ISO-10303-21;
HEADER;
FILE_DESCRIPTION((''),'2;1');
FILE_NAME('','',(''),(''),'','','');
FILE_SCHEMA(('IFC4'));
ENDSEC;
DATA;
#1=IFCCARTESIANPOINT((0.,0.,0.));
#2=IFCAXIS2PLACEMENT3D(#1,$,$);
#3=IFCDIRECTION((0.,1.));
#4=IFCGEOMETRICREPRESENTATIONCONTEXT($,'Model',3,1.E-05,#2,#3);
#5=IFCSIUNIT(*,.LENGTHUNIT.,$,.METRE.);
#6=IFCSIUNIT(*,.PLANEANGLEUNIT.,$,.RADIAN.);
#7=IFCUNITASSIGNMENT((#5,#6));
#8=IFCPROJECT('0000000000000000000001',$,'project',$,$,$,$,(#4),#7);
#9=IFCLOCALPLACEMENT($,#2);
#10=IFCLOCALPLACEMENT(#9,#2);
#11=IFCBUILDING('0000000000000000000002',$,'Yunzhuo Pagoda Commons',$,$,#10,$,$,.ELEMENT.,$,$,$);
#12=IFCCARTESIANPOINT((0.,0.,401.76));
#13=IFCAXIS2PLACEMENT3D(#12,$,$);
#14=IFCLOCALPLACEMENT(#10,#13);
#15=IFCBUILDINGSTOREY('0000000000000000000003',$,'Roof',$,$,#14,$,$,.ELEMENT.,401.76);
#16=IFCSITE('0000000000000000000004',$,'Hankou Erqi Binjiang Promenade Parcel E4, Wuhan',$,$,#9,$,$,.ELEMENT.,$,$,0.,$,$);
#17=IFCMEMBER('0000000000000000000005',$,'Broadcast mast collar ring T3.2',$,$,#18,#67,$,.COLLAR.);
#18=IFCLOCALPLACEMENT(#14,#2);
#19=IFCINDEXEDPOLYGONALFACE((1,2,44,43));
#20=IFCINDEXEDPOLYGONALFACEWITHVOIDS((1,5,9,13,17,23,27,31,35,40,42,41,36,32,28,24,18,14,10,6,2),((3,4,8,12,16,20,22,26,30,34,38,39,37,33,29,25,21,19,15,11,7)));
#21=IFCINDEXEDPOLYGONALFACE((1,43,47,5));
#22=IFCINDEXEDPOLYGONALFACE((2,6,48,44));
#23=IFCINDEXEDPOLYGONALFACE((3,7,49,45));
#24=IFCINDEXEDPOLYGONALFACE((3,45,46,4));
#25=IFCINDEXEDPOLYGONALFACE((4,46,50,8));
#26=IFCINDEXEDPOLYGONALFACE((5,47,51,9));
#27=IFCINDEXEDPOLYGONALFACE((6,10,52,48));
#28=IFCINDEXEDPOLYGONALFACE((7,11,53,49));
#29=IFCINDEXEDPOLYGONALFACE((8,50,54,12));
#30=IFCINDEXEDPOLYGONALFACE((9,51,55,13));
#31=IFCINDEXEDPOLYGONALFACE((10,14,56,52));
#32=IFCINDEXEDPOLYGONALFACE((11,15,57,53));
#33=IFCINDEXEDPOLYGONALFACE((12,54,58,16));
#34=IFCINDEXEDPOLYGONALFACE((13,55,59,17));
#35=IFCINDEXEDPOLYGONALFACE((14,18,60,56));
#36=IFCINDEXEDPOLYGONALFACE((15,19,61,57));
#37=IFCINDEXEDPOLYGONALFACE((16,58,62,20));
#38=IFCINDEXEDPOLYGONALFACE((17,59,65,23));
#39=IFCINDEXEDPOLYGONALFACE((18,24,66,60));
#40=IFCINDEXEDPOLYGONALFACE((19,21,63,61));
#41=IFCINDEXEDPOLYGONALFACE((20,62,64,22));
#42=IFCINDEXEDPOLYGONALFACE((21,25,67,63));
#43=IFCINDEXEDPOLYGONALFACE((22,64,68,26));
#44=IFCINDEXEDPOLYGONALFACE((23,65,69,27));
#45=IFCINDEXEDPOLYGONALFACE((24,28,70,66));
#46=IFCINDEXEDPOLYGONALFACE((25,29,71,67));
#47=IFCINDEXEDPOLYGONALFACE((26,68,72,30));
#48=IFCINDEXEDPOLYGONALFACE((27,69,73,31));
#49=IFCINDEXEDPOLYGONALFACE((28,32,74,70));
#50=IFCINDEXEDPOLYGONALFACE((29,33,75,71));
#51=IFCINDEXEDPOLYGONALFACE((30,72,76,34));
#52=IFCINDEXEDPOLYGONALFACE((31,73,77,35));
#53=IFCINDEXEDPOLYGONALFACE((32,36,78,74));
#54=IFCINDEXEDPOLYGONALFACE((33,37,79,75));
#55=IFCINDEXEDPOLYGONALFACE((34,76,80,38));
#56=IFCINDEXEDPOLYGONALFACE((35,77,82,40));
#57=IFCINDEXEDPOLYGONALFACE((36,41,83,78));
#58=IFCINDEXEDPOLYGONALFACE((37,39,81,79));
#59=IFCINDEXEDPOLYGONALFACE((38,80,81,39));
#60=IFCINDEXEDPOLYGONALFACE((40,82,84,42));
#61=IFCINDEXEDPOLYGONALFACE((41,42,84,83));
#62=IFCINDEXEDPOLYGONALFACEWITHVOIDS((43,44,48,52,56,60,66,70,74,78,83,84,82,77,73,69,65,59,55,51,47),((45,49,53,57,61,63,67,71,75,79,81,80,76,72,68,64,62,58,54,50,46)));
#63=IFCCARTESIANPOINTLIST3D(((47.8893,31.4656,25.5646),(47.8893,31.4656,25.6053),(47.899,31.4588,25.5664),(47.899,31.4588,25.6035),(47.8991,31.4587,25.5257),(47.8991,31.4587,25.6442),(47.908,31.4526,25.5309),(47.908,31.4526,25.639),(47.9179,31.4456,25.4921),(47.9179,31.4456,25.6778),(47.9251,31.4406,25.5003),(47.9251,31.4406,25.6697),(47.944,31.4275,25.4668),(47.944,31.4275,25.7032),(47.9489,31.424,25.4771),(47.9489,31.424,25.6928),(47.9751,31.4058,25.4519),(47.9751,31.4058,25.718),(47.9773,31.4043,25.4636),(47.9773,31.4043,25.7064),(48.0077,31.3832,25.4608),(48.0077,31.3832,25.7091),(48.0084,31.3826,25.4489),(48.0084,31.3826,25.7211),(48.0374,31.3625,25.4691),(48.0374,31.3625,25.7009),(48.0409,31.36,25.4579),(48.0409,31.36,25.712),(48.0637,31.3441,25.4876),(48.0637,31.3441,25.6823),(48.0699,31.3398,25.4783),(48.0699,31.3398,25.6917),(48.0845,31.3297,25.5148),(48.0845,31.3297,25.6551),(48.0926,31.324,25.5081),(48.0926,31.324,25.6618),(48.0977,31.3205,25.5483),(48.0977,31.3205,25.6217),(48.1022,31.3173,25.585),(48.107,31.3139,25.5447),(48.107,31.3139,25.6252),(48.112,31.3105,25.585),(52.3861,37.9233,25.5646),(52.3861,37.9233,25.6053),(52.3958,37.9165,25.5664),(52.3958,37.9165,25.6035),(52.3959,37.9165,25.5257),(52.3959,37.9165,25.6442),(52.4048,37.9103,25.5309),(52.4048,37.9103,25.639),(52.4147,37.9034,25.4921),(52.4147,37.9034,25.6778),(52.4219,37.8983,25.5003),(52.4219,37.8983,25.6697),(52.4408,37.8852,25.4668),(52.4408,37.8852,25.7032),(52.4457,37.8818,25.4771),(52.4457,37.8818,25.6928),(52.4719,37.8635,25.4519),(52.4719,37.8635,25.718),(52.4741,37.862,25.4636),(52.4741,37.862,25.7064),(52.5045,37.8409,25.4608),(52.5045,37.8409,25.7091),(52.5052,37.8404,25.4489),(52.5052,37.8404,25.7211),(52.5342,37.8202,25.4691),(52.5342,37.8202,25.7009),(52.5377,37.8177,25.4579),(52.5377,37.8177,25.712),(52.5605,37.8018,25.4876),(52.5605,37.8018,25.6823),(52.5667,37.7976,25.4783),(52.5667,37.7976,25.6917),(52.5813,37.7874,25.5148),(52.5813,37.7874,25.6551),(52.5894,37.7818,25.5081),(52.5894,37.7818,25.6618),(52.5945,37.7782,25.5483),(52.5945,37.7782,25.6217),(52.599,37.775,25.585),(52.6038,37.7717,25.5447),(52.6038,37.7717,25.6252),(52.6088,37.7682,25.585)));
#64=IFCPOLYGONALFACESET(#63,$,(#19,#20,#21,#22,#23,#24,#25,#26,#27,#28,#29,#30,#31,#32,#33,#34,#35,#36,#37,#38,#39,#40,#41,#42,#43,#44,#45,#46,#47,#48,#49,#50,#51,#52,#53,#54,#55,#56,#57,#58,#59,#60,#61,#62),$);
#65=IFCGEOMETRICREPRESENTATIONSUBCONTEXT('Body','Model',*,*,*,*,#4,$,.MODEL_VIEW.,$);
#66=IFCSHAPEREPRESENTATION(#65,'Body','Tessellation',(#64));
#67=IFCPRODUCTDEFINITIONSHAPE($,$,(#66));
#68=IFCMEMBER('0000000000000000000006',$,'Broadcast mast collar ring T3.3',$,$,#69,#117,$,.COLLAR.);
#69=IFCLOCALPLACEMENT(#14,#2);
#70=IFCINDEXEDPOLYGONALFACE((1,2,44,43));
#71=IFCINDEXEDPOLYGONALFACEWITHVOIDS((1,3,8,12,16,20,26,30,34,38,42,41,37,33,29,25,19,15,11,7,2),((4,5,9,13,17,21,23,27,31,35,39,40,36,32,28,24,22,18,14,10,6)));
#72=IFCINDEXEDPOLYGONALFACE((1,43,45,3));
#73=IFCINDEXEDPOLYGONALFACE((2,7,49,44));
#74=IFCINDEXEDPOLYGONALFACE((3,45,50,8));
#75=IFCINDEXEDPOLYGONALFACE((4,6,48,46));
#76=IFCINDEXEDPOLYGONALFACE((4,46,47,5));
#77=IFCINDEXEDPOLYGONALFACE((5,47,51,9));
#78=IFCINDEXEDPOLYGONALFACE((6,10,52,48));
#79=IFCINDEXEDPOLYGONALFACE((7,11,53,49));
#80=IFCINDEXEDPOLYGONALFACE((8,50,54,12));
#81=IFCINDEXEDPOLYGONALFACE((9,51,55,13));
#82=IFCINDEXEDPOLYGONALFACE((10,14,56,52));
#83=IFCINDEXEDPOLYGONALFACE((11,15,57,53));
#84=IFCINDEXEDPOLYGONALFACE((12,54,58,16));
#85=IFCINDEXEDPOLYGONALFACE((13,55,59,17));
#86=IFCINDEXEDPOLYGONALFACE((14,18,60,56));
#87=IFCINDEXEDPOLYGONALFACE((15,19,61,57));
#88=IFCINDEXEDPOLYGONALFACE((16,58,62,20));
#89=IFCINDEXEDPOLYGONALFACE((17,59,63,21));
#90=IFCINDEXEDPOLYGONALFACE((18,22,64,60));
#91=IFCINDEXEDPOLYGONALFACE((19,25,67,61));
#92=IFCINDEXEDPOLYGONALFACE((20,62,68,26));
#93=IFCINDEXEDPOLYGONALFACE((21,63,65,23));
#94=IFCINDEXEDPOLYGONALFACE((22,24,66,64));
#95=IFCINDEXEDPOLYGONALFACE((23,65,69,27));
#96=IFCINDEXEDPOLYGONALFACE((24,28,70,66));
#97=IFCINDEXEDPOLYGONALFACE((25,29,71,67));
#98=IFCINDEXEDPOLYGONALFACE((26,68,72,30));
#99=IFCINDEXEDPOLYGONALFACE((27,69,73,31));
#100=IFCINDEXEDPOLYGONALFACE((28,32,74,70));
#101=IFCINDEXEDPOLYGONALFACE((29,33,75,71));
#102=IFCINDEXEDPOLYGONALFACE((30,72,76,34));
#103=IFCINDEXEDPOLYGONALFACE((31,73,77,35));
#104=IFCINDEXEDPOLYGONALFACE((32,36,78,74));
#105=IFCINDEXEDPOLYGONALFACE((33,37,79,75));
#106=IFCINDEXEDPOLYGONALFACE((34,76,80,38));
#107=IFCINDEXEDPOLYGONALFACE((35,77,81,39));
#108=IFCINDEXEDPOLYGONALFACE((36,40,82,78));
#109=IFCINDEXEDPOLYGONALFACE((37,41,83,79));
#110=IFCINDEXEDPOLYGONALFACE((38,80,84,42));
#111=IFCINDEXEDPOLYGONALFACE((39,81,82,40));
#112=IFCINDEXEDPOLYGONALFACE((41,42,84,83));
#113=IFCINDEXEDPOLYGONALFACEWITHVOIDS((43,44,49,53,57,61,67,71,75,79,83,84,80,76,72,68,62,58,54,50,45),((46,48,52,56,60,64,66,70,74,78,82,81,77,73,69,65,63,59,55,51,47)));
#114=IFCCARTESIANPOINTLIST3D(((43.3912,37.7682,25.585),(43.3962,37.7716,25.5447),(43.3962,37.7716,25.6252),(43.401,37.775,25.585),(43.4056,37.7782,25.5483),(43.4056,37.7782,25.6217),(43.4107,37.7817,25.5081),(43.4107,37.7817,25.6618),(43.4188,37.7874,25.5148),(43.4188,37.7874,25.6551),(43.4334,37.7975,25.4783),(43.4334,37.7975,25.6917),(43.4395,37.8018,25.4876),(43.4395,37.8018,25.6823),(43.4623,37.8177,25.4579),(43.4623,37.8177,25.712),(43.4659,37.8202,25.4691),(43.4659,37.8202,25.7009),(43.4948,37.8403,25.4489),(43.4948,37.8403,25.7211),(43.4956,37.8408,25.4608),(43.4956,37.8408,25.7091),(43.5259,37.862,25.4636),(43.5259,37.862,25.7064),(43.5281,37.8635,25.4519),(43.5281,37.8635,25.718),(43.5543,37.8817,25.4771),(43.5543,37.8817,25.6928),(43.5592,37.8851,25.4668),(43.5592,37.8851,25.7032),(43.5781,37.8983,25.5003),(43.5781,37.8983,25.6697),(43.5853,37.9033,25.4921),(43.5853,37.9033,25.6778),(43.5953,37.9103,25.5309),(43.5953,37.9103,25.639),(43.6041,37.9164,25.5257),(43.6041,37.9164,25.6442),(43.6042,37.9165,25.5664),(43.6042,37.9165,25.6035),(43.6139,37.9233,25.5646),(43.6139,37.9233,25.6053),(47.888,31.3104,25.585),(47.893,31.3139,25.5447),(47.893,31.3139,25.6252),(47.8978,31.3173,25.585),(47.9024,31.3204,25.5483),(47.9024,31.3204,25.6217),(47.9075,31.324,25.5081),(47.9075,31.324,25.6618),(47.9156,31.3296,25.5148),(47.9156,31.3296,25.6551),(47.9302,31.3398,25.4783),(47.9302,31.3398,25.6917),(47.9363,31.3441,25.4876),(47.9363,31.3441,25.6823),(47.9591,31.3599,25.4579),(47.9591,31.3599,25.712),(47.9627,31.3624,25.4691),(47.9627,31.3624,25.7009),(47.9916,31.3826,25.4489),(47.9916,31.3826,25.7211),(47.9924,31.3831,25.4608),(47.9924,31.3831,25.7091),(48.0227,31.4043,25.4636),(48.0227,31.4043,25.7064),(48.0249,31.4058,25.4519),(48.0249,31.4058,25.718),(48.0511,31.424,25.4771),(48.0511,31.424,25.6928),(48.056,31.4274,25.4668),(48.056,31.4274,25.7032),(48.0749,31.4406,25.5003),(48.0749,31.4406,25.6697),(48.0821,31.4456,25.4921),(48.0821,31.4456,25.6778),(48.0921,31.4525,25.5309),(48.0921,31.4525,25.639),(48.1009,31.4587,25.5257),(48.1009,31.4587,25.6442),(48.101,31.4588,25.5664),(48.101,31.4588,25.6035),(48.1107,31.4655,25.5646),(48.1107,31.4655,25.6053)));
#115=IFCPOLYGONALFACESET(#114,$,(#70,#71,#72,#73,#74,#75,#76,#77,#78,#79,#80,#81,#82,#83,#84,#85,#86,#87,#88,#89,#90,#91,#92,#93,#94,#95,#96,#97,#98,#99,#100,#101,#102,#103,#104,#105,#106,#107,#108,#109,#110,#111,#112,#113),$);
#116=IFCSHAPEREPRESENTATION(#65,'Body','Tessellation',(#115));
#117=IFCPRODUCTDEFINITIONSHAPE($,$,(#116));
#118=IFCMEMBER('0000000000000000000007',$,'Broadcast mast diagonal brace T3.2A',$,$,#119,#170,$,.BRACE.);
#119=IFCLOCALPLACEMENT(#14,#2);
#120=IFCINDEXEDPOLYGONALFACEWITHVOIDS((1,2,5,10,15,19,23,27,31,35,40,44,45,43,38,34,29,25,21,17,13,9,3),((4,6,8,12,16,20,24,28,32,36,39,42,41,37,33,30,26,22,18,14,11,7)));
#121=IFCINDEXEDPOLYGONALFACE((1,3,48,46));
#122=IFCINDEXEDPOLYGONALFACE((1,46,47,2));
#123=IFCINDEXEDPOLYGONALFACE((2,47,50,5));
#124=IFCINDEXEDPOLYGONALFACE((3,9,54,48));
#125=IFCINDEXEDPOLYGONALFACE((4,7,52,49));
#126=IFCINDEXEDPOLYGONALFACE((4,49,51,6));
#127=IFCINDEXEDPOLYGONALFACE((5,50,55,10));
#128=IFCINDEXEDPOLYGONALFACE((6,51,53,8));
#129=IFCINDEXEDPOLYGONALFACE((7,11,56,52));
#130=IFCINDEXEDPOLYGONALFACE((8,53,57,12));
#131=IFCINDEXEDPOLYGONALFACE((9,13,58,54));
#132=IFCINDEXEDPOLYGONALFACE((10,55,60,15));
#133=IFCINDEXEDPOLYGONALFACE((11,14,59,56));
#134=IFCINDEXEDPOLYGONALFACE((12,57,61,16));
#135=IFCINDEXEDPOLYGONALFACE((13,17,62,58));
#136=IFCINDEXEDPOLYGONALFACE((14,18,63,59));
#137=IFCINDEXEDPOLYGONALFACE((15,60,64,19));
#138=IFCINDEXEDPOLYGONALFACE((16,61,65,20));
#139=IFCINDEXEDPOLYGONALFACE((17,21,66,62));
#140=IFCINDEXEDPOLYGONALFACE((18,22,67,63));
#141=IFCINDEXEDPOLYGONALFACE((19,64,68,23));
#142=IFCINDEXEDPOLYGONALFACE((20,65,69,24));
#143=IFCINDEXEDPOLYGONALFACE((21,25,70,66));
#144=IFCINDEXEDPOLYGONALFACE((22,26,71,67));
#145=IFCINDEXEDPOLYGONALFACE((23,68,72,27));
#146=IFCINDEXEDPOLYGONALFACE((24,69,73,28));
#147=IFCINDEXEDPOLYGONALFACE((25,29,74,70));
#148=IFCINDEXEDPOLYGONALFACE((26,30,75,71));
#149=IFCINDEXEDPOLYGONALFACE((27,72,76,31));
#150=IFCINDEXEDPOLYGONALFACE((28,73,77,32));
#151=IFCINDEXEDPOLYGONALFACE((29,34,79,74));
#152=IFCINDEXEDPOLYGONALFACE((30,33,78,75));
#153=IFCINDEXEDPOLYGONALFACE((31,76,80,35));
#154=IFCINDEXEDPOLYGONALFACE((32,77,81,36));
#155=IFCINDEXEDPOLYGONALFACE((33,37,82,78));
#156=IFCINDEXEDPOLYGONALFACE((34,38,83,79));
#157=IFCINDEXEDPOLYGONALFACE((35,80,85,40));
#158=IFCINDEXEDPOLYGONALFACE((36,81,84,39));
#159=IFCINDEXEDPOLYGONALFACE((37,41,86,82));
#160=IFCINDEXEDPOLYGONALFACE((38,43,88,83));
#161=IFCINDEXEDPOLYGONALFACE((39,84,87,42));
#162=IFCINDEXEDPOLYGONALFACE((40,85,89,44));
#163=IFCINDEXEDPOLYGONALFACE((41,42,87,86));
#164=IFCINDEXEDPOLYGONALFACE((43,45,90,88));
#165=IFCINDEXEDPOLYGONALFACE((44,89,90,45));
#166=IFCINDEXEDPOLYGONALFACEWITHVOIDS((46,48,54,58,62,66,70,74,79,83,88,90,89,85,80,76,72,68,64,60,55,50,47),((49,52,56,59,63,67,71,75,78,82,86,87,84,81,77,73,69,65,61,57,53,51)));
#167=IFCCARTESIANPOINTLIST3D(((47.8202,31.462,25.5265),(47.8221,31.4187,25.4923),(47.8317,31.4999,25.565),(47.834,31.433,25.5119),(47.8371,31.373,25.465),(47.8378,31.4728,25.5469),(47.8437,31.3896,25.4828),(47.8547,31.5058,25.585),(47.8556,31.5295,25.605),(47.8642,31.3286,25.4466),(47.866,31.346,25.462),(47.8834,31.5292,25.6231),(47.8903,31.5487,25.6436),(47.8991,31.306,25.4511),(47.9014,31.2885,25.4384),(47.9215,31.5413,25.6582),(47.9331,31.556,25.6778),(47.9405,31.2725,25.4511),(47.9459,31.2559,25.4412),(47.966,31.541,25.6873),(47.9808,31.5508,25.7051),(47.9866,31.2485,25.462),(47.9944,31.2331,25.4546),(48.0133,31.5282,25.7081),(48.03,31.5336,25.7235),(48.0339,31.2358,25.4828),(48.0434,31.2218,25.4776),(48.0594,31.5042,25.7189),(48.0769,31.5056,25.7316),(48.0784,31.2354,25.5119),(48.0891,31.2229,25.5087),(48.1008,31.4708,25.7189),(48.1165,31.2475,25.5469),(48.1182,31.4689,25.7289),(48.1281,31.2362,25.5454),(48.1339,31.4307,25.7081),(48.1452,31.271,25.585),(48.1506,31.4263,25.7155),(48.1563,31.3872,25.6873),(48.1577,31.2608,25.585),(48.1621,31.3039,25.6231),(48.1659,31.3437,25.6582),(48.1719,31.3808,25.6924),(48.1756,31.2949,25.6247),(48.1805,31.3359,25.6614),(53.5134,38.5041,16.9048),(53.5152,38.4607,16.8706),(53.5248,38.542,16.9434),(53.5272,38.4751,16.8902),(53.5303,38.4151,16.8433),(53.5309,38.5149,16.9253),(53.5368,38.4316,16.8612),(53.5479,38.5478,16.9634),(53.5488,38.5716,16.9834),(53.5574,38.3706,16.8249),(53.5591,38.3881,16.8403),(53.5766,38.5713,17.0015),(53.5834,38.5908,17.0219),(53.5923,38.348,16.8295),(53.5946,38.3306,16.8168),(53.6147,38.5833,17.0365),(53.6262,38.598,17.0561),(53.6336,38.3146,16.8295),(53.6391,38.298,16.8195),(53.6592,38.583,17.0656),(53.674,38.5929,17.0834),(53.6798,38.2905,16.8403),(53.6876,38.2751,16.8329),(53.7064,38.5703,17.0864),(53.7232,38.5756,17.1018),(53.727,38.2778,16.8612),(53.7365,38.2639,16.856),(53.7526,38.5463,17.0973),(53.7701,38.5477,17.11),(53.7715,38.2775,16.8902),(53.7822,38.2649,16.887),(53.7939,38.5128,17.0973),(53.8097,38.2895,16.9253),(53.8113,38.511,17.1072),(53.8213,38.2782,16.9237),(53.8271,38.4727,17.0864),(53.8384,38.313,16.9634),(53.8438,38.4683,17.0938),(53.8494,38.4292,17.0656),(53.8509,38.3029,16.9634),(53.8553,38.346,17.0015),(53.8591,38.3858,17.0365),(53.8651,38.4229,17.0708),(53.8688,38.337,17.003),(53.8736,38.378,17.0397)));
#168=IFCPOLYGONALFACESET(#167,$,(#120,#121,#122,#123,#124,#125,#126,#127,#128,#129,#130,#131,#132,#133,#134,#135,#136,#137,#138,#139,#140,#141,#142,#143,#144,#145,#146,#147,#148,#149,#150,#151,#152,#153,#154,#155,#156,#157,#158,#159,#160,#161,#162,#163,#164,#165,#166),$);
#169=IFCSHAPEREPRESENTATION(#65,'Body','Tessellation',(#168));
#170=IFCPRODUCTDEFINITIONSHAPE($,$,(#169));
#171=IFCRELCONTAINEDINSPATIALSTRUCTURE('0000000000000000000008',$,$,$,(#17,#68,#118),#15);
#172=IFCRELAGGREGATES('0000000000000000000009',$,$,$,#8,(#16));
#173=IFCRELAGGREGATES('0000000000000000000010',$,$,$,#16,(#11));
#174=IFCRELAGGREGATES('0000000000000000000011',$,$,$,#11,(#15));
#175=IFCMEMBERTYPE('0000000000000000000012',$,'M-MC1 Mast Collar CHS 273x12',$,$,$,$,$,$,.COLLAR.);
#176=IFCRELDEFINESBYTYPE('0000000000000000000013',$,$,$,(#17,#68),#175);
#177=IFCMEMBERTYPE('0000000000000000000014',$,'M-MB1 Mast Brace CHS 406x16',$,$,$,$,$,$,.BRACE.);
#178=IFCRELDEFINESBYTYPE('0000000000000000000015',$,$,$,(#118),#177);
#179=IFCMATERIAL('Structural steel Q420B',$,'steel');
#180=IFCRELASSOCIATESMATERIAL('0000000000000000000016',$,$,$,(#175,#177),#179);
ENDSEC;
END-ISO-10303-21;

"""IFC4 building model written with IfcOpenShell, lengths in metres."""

from ifc_helpers import new_model, si_unit, direction, frame, origin, origin_2d, place, context, subcontext, project, spatial, hollow_circle, extrude, source, transform, mapped, material, material_profile, profile_set, type_object, element, save


model = new_model("IFC4")

# Units and contexts
model_context = context("Model", 3, precision=1e-05, world=origin(), true_north=direction((0.0, 1.0)))
body_context = subcontext(model_context, "Body", "Model", "MODEL_VIEW")
ifc_project = project(units=[si_unit("LENGTHUNIT", "METRE"), si_unit("PLANEANGLEUNIT", "RADIAN")], contexts=[model_context])

# Site, building, storey
site_placement = place(None, origin())
site = spatial("IfcSite", under=ifc_project, at=site_placement, Name="Hankou Erqi Binjiang Promenade Parcel E4, Wuhan", CompositionType="ELEMENT", RefElevation=0.0)
building_placement = place(site_placement, origin())
building = spatial("IfcBuilding", under=site, at=building_placement, Name="Yunzhuo Pagoda Commons", CompositionType="ELEMENT")
storey_placement = place(building_placement, frame((0.0, 0.0, 401.76)))
storey = spatial("IfcBuildingStorey", under=building, at=storey_placement, Name="Roof", CompositionType="ELEMENT", Elevation=401.76)

# Members
ifc_material_1 = material(Name="Structural steel Q420B", Category="steel")
ifc_material_profile_1 = material_profile(ifc_material_1, hollow_circle(Radius=0.1365, WallThickness=0.012, at=origin_2d()), Name="Structural steel Q420B")
ifc_profile_set_1 = profile_set([ifc_material_profile_1], Name="Structural steel Q420B")
member_type_1 = type_object("IfcMemberType", Name="M-MC1 Mast Collar CHS 273x12", PredefinedType="COLLAR", material=ifc_profile_set_1)
ifc_material_profile_2 = material_profile(ifc_material_1, hollow_circle(Radius=0.2029, WallThickness=0.0161, at=origin_2d()), Name="Structural steel Q420B")
ifc_profile_set_2 = profile_set([ifc_material_profile_2], Name="Structural steel Q420B")
member_type_2 = type_object("IfcMemberType", Name="M-MB1 Mast Brace CHS 406x16", PredefinedType="BRACE", material=ifc_profile_set_2)
shared_shape_1 = source(origin(), body_context, "Body", "SweptSolid", [
    extrude(hollow_circle(Radius=0.1365, WallThickness=0.012, at=origin_2d()), origin(), (0.0, 0.0, 1.0), 7.8691),
])
for number, where, z_axis, x_axis, name in (
    (1, (52.4968, 37.8462, 25.585), (-0.571447, -0.820639, 0.0), (0.820639, -0.571447, 0.0), "Broadcast mast collar ring T3.2"),
    (2, (48.0, 31.3884, 25.585), (-0.571447, 0.820639, 0.0), (-0.820639, -0.571447, 0.0), "Broadcast mast collar ring T3.3"),
):
    element("IfcMember", number, at=place(storey_placement, frame(where, z_axis=z_axis, x_axis=x_axis)), inside=storey, type_object=member_type_1, Name=name, PredefinedType="COLLAR", context=body_context, shape_type="MappedRepresentation", body=[
        mapped(shared_shape_1, transform((0.0, 0.0, 0.0), scale=1.0)),
    ])
shared_shape_2 = source(origin(), body_context, "Body", "SweptSolid", [
    extrude(hollow_circle(Radius=0.2029, WallThickness=0.0161, at=origin_2d()), origin(), (0.0, 0.0, 1.0), 12.5034),
])
member_1_placement = place(storey_placement, frame((53.6931, 38.4304, 16.9634), z_axis=(-0.455328, -0.56321, 0.689544), x_axis=(0.777652, -0.628695, 0.0)))
element("IfcMember", 3, at=member_1_placement, inside=storey, type_object=member_type_2, Name="Broadcast mast diagonal brace T3.2A", PredefinedType="BRACE", context=body_context, shape_type="MappedRepresentation", body=[
    mapped(shared_shape_2, transform((0.0, 0.0, 0.0), scale=1.0)),
])

save(model, "model.ifc")
